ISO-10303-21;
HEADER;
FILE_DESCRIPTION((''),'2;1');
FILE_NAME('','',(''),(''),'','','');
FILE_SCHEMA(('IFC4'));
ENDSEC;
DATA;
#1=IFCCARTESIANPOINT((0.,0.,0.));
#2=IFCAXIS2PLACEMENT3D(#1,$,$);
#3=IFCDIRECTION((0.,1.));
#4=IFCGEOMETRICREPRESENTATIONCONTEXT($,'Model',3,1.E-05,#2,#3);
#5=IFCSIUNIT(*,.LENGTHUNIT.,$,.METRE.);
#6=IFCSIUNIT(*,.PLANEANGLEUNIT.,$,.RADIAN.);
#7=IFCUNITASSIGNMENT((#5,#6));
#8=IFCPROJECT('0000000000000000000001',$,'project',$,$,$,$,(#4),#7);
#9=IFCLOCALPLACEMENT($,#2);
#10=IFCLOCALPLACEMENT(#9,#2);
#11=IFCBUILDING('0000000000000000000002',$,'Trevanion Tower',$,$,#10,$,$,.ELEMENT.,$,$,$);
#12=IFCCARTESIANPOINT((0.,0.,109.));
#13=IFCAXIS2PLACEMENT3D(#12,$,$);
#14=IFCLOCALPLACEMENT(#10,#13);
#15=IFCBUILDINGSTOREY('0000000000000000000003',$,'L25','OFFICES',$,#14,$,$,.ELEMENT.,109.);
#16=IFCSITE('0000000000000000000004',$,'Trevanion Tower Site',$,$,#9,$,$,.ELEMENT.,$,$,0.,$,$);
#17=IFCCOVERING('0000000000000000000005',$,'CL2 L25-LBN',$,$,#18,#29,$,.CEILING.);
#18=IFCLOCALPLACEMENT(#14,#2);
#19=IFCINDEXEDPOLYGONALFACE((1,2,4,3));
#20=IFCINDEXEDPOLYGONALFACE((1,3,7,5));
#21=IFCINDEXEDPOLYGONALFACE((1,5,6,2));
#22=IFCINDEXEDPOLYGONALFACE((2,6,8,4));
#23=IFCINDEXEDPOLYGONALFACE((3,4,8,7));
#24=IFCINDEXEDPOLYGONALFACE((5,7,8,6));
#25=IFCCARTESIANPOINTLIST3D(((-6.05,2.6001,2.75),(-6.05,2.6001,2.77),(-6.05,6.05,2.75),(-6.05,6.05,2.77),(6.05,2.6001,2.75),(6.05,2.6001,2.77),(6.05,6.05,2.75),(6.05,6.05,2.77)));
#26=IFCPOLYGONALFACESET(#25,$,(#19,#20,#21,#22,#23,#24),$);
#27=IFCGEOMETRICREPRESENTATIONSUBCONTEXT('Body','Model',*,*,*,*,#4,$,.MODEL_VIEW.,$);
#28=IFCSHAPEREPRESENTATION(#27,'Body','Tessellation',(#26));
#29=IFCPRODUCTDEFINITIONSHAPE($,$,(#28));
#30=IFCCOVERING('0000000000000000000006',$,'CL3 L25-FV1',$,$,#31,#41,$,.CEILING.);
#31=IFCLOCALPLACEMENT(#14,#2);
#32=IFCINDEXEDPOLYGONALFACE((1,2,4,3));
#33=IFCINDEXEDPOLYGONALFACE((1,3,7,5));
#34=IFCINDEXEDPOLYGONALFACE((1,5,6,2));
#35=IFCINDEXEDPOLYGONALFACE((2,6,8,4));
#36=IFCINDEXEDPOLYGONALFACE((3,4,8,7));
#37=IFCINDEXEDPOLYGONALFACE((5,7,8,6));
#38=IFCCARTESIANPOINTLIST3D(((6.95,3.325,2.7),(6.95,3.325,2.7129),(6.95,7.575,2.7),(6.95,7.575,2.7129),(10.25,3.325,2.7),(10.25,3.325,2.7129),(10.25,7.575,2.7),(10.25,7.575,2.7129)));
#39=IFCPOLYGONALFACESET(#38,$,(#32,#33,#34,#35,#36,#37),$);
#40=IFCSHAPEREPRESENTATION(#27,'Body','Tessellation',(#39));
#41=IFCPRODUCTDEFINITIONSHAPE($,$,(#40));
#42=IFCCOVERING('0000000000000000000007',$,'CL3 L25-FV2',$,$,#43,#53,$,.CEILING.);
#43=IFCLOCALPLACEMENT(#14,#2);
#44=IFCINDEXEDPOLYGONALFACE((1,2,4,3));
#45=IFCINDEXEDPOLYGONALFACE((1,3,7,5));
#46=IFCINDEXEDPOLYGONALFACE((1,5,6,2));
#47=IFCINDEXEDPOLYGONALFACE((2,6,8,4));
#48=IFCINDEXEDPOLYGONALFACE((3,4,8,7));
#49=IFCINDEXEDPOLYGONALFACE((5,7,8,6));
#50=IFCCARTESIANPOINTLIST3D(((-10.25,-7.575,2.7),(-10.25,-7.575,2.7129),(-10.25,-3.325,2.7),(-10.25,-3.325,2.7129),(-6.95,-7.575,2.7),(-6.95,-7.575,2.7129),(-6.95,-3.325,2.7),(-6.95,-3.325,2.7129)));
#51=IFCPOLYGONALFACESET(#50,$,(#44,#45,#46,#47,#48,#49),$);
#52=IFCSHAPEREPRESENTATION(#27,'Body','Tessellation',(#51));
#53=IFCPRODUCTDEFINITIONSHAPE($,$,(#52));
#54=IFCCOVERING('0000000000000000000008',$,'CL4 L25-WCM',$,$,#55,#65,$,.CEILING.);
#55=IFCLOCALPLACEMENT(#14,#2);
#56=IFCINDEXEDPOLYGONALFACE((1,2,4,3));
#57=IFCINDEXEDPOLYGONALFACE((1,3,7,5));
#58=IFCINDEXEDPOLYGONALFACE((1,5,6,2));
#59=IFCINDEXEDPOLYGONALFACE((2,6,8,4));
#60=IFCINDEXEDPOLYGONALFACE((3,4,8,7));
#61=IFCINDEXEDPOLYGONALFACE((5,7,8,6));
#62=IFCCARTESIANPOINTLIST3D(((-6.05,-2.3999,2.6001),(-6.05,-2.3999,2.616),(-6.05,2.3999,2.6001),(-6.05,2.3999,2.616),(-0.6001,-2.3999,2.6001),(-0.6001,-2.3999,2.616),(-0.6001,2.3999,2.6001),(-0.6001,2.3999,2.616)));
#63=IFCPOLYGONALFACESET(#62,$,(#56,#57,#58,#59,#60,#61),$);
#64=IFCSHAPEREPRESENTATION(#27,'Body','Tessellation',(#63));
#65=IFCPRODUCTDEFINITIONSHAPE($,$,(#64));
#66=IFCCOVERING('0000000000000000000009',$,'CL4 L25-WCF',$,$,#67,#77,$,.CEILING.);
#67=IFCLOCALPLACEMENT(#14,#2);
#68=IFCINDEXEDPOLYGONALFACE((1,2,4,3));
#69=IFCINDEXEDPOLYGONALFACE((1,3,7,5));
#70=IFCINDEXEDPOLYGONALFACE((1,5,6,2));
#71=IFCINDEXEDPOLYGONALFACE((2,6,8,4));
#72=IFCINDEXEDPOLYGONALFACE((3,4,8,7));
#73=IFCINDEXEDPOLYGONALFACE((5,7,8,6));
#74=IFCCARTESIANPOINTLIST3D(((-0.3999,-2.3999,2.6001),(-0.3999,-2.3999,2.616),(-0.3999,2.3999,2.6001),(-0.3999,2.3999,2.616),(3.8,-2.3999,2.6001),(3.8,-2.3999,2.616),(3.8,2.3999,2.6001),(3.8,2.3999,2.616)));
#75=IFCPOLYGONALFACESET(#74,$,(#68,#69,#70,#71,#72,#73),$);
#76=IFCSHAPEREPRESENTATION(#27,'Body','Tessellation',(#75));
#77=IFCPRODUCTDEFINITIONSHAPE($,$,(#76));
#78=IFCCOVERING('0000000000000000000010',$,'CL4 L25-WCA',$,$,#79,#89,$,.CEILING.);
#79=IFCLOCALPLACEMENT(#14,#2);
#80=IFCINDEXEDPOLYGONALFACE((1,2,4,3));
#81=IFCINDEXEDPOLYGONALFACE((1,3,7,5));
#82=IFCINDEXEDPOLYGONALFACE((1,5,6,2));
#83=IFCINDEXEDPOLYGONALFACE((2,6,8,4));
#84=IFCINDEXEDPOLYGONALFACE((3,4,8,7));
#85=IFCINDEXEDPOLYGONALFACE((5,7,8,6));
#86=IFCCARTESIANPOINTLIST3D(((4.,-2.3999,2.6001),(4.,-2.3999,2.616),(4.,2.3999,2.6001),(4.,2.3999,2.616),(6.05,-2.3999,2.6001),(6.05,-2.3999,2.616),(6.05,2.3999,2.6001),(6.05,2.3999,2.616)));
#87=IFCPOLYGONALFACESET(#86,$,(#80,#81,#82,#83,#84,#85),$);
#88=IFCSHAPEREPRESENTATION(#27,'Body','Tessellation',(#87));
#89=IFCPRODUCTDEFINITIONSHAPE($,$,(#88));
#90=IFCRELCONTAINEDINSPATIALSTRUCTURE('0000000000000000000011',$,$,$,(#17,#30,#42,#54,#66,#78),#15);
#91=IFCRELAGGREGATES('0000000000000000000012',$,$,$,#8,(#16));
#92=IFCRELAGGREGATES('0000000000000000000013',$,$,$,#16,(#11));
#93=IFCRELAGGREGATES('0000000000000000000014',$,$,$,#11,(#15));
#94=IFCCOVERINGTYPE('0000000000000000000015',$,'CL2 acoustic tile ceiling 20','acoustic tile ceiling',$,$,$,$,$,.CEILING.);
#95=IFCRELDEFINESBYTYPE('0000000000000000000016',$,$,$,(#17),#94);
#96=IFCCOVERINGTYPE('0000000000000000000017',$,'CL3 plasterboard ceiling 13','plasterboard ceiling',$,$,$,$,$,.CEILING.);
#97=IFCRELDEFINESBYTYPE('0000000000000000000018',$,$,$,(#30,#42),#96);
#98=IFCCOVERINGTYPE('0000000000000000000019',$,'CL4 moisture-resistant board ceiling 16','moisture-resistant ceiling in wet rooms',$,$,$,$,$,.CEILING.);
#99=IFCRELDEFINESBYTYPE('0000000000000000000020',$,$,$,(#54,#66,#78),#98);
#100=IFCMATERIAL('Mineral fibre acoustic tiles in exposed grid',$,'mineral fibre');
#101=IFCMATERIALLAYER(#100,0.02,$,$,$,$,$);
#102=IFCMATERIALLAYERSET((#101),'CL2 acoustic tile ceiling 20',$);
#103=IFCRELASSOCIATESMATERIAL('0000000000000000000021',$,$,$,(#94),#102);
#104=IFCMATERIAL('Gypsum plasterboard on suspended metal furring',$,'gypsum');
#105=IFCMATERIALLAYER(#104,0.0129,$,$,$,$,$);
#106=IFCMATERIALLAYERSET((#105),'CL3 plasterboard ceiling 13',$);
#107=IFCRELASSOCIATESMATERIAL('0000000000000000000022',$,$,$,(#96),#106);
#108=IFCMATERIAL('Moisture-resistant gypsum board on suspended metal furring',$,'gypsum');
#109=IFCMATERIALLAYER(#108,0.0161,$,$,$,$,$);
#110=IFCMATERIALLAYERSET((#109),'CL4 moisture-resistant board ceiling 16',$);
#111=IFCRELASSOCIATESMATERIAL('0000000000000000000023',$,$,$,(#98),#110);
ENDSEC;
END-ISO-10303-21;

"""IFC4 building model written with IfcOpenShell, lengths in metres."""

from ifc_helpers import new_model, si_unit, direction, frame, origin, place, context, subcontext, project, spatial, polyline, outline, extrude, material, layer, layer_set, type_object, element, save


model = new_model("IFC4")

# Units and contexts
model_context = context("Model", 3, precision=1e-05, world=origin(), true_north=direction((0.0, 1.0)))
body_context = subcontext(model_context, "Body", "Model", "MODEL_VIEW")
ifc_project = project(units=[si_unit("LENGTHUNIT", "METRE"), si_unit("PLANEANGLEUNIT", "RADIAN")], contexts=[model_context])

# Site, building, storey
site_placement = place(None, origin())
site = spatial("IfcSite", under=ifc_project, at=site_placement, Name="Trevanion Tower Site", CompositionType="ELEMENT", RefElevation=0.0)
building_placement = place(site_placement, origin())
building = spatial("IfcBuilding", under=site, at=building_placement, Name="Trevanion Tower", CompositionType="ELEMENT")
storey_placement = place(building_placement, frame((0.0, 0.0, 109.0)))
storey = spatial("IfcBuildingStorey", under=building, at=storey_placement, Name="L25", Description="OFFICES", CompositionType="ELEMENT", Elevation=109.0)

# Coverings
ifc_material_1 = material(Name="Mineral fibre acoustic tiles in exposed grid", Category="mineral fibre")
ifc_layer_1 = layer(ifc_material_1, 0.02)
ifc_layer_set_1 = layer_set([ifc_layer_1], Name="CL2 acoustic tile ceiling 20")
covering_type_1 = type_object("IfcCoveringType", Name="CL2 acoustic tile ceiling 20", Description="acoustic tile ceiling", PredefinedType="CEILING", material=ifc_layer_set_1)
covering_1_placement = place(storey_placement, frame((0.0, 0.0, 2.75)))
element("IfcCovering", 1, at=covering_1_placement, inside=storey, type_object=covering_type_1, Name="CL2 L25-LBN", PredefinedType="CEILING", context=body_context, shape_type="SweptSolid", body=[
    extrude(outline(polyline([(6.05, 2.6001), (6.05, 6.05), (-6.05, 6.05), (-6.05, 2.6001), (6.05, 2.6001)])), origin(), (0.0, 0.0, 1.0), 0.02),
])
ifc_material_2 = material(Name="Gypsum plasterboard on suspended metal furring", Category="gypsum")
ifc_layer_2 = layer(ifc_material_2, 0.0129)
ifc_layer_set_2 = layer_set([ifc_layer_2], Name="CL3 plasterboard ceiling 13")
covering_type_2 = type_object("IfcCoveringType", Name="CL3 plasterboard ceiling 13", Description="plasterboard ceiling", PredefinedType="CEILING", material=ifc_layer_set_2)
covering_2_placement = place(storey_placement, frame((0.0, 0.0, 2.7)))
element("IfcCovering", 2, at=covering_2_placement, inside=storey, type_object=covering_type_2, Name="CL3 L25-FV1", PredefinedType="CEILING", context=body_context, shape_type="SweptSolid", body=[
    extrude(outline(polyline([(10.25, 3.325), (10.25, 7.575), (6.95, 7.575), (6.95, 3.325), (10.25, 3.325)])), origin(), (0.0, 0.0, 1.0), 0.0129),
])
covering_3_placement = place(storey_placement, frame((0.0, 0.0, 2.7)))
element("IfcCovering", 3, at=covering_3_placement, inside=storey, type_object=covering_type_2, Name="CL3 L25-FV2", PredefinedType="CEILING", context=body_context, shape_type="SweptSolid", body=[
    extrude(outline(polyline([(-10.25, -3.325), (-10.25, -7.575), (-6.95, -7.575), (-6.95, -3.325), (-10.25, -3.325)])), origin(), (0.0, 0.0, 1.0), 0.0129),
])
ifc_material_3 = material(Name="Moisture-resistant gypsum board on suspended metal furring", Category="gypsum")
ifc_layer_3 = layer(ifc_material_3, 0.0161)
ifc_layer_set_3 = layer_set([ifc_layer_3], Name="CL4 moisture-resistant board ceiling 16")
covering_type_3 = type_object("IfcCoveringType", Name="CL4 moisture-resistant board ceiling 16", Description="moisture-resistant ceiling in wet rooms", PredefinedType="CEILING", material=ifc_layer_set_3)
covering_4_placement = place(storey_placement, frame((0.0, 0.0, 2.6001)))
element("IfcCovering", 4, at=covering_4_placement, inside=storey, type_object=covering_type_3, Name="CL4 L25-WCM", PredefinedType="CEILING", context=body_context, shape_type="SweptSolid", body=[
    extrude(outline(polyline([(-0.6001, -2.3999), (-0.6001, 2.3999), (-6.05, 2.3999), (-6.05, -2.3999), (-0.6001, -2.3999)])), origin(), (0.0, 0.0, 1.0), 0.0159),
])
covering_5_placement = place(storey_placement, frame((0.0, 0.0, 2.6001)))
element("IfcCovering", 5, at=covering_5_placement, inside=storey, type_object=covering_type_3, Name="CL4 L25-WCF", PredefinedType="CEILING", context=body_context, shape_type="SweptSolid", body=[
    extrude(outline(polyline([(3.8, -2.3999), (3.8, 2.3999), (-0.3999, 2.3999), (-0.3999, -2.3999), (3.8, -2.3999)])), origin(), (0.0, 0.0, 1.0), 0.0159),
])
covering_6_placement = place(storey_placement, frame((0.0, 0.0, 2.6001)))
element("IfcCovering", 6, at=covering_6_placement, inside=storey, type_object=covering_type_3, Name="CL4 L25-WCA", PredefinedType="CEILING", context=body_context, shape_type="SweptSolid", body=[
    extrude(outline(polyline([(6.05, -2.3999), (6.05, 2.3999), (4.0, 2.3999), (4.0, -2.3999), (6.05, -2.3999)])), origin(), (0.0, 0.0, 1.0), 0.0159),
])

save(model, "model.ifc")
